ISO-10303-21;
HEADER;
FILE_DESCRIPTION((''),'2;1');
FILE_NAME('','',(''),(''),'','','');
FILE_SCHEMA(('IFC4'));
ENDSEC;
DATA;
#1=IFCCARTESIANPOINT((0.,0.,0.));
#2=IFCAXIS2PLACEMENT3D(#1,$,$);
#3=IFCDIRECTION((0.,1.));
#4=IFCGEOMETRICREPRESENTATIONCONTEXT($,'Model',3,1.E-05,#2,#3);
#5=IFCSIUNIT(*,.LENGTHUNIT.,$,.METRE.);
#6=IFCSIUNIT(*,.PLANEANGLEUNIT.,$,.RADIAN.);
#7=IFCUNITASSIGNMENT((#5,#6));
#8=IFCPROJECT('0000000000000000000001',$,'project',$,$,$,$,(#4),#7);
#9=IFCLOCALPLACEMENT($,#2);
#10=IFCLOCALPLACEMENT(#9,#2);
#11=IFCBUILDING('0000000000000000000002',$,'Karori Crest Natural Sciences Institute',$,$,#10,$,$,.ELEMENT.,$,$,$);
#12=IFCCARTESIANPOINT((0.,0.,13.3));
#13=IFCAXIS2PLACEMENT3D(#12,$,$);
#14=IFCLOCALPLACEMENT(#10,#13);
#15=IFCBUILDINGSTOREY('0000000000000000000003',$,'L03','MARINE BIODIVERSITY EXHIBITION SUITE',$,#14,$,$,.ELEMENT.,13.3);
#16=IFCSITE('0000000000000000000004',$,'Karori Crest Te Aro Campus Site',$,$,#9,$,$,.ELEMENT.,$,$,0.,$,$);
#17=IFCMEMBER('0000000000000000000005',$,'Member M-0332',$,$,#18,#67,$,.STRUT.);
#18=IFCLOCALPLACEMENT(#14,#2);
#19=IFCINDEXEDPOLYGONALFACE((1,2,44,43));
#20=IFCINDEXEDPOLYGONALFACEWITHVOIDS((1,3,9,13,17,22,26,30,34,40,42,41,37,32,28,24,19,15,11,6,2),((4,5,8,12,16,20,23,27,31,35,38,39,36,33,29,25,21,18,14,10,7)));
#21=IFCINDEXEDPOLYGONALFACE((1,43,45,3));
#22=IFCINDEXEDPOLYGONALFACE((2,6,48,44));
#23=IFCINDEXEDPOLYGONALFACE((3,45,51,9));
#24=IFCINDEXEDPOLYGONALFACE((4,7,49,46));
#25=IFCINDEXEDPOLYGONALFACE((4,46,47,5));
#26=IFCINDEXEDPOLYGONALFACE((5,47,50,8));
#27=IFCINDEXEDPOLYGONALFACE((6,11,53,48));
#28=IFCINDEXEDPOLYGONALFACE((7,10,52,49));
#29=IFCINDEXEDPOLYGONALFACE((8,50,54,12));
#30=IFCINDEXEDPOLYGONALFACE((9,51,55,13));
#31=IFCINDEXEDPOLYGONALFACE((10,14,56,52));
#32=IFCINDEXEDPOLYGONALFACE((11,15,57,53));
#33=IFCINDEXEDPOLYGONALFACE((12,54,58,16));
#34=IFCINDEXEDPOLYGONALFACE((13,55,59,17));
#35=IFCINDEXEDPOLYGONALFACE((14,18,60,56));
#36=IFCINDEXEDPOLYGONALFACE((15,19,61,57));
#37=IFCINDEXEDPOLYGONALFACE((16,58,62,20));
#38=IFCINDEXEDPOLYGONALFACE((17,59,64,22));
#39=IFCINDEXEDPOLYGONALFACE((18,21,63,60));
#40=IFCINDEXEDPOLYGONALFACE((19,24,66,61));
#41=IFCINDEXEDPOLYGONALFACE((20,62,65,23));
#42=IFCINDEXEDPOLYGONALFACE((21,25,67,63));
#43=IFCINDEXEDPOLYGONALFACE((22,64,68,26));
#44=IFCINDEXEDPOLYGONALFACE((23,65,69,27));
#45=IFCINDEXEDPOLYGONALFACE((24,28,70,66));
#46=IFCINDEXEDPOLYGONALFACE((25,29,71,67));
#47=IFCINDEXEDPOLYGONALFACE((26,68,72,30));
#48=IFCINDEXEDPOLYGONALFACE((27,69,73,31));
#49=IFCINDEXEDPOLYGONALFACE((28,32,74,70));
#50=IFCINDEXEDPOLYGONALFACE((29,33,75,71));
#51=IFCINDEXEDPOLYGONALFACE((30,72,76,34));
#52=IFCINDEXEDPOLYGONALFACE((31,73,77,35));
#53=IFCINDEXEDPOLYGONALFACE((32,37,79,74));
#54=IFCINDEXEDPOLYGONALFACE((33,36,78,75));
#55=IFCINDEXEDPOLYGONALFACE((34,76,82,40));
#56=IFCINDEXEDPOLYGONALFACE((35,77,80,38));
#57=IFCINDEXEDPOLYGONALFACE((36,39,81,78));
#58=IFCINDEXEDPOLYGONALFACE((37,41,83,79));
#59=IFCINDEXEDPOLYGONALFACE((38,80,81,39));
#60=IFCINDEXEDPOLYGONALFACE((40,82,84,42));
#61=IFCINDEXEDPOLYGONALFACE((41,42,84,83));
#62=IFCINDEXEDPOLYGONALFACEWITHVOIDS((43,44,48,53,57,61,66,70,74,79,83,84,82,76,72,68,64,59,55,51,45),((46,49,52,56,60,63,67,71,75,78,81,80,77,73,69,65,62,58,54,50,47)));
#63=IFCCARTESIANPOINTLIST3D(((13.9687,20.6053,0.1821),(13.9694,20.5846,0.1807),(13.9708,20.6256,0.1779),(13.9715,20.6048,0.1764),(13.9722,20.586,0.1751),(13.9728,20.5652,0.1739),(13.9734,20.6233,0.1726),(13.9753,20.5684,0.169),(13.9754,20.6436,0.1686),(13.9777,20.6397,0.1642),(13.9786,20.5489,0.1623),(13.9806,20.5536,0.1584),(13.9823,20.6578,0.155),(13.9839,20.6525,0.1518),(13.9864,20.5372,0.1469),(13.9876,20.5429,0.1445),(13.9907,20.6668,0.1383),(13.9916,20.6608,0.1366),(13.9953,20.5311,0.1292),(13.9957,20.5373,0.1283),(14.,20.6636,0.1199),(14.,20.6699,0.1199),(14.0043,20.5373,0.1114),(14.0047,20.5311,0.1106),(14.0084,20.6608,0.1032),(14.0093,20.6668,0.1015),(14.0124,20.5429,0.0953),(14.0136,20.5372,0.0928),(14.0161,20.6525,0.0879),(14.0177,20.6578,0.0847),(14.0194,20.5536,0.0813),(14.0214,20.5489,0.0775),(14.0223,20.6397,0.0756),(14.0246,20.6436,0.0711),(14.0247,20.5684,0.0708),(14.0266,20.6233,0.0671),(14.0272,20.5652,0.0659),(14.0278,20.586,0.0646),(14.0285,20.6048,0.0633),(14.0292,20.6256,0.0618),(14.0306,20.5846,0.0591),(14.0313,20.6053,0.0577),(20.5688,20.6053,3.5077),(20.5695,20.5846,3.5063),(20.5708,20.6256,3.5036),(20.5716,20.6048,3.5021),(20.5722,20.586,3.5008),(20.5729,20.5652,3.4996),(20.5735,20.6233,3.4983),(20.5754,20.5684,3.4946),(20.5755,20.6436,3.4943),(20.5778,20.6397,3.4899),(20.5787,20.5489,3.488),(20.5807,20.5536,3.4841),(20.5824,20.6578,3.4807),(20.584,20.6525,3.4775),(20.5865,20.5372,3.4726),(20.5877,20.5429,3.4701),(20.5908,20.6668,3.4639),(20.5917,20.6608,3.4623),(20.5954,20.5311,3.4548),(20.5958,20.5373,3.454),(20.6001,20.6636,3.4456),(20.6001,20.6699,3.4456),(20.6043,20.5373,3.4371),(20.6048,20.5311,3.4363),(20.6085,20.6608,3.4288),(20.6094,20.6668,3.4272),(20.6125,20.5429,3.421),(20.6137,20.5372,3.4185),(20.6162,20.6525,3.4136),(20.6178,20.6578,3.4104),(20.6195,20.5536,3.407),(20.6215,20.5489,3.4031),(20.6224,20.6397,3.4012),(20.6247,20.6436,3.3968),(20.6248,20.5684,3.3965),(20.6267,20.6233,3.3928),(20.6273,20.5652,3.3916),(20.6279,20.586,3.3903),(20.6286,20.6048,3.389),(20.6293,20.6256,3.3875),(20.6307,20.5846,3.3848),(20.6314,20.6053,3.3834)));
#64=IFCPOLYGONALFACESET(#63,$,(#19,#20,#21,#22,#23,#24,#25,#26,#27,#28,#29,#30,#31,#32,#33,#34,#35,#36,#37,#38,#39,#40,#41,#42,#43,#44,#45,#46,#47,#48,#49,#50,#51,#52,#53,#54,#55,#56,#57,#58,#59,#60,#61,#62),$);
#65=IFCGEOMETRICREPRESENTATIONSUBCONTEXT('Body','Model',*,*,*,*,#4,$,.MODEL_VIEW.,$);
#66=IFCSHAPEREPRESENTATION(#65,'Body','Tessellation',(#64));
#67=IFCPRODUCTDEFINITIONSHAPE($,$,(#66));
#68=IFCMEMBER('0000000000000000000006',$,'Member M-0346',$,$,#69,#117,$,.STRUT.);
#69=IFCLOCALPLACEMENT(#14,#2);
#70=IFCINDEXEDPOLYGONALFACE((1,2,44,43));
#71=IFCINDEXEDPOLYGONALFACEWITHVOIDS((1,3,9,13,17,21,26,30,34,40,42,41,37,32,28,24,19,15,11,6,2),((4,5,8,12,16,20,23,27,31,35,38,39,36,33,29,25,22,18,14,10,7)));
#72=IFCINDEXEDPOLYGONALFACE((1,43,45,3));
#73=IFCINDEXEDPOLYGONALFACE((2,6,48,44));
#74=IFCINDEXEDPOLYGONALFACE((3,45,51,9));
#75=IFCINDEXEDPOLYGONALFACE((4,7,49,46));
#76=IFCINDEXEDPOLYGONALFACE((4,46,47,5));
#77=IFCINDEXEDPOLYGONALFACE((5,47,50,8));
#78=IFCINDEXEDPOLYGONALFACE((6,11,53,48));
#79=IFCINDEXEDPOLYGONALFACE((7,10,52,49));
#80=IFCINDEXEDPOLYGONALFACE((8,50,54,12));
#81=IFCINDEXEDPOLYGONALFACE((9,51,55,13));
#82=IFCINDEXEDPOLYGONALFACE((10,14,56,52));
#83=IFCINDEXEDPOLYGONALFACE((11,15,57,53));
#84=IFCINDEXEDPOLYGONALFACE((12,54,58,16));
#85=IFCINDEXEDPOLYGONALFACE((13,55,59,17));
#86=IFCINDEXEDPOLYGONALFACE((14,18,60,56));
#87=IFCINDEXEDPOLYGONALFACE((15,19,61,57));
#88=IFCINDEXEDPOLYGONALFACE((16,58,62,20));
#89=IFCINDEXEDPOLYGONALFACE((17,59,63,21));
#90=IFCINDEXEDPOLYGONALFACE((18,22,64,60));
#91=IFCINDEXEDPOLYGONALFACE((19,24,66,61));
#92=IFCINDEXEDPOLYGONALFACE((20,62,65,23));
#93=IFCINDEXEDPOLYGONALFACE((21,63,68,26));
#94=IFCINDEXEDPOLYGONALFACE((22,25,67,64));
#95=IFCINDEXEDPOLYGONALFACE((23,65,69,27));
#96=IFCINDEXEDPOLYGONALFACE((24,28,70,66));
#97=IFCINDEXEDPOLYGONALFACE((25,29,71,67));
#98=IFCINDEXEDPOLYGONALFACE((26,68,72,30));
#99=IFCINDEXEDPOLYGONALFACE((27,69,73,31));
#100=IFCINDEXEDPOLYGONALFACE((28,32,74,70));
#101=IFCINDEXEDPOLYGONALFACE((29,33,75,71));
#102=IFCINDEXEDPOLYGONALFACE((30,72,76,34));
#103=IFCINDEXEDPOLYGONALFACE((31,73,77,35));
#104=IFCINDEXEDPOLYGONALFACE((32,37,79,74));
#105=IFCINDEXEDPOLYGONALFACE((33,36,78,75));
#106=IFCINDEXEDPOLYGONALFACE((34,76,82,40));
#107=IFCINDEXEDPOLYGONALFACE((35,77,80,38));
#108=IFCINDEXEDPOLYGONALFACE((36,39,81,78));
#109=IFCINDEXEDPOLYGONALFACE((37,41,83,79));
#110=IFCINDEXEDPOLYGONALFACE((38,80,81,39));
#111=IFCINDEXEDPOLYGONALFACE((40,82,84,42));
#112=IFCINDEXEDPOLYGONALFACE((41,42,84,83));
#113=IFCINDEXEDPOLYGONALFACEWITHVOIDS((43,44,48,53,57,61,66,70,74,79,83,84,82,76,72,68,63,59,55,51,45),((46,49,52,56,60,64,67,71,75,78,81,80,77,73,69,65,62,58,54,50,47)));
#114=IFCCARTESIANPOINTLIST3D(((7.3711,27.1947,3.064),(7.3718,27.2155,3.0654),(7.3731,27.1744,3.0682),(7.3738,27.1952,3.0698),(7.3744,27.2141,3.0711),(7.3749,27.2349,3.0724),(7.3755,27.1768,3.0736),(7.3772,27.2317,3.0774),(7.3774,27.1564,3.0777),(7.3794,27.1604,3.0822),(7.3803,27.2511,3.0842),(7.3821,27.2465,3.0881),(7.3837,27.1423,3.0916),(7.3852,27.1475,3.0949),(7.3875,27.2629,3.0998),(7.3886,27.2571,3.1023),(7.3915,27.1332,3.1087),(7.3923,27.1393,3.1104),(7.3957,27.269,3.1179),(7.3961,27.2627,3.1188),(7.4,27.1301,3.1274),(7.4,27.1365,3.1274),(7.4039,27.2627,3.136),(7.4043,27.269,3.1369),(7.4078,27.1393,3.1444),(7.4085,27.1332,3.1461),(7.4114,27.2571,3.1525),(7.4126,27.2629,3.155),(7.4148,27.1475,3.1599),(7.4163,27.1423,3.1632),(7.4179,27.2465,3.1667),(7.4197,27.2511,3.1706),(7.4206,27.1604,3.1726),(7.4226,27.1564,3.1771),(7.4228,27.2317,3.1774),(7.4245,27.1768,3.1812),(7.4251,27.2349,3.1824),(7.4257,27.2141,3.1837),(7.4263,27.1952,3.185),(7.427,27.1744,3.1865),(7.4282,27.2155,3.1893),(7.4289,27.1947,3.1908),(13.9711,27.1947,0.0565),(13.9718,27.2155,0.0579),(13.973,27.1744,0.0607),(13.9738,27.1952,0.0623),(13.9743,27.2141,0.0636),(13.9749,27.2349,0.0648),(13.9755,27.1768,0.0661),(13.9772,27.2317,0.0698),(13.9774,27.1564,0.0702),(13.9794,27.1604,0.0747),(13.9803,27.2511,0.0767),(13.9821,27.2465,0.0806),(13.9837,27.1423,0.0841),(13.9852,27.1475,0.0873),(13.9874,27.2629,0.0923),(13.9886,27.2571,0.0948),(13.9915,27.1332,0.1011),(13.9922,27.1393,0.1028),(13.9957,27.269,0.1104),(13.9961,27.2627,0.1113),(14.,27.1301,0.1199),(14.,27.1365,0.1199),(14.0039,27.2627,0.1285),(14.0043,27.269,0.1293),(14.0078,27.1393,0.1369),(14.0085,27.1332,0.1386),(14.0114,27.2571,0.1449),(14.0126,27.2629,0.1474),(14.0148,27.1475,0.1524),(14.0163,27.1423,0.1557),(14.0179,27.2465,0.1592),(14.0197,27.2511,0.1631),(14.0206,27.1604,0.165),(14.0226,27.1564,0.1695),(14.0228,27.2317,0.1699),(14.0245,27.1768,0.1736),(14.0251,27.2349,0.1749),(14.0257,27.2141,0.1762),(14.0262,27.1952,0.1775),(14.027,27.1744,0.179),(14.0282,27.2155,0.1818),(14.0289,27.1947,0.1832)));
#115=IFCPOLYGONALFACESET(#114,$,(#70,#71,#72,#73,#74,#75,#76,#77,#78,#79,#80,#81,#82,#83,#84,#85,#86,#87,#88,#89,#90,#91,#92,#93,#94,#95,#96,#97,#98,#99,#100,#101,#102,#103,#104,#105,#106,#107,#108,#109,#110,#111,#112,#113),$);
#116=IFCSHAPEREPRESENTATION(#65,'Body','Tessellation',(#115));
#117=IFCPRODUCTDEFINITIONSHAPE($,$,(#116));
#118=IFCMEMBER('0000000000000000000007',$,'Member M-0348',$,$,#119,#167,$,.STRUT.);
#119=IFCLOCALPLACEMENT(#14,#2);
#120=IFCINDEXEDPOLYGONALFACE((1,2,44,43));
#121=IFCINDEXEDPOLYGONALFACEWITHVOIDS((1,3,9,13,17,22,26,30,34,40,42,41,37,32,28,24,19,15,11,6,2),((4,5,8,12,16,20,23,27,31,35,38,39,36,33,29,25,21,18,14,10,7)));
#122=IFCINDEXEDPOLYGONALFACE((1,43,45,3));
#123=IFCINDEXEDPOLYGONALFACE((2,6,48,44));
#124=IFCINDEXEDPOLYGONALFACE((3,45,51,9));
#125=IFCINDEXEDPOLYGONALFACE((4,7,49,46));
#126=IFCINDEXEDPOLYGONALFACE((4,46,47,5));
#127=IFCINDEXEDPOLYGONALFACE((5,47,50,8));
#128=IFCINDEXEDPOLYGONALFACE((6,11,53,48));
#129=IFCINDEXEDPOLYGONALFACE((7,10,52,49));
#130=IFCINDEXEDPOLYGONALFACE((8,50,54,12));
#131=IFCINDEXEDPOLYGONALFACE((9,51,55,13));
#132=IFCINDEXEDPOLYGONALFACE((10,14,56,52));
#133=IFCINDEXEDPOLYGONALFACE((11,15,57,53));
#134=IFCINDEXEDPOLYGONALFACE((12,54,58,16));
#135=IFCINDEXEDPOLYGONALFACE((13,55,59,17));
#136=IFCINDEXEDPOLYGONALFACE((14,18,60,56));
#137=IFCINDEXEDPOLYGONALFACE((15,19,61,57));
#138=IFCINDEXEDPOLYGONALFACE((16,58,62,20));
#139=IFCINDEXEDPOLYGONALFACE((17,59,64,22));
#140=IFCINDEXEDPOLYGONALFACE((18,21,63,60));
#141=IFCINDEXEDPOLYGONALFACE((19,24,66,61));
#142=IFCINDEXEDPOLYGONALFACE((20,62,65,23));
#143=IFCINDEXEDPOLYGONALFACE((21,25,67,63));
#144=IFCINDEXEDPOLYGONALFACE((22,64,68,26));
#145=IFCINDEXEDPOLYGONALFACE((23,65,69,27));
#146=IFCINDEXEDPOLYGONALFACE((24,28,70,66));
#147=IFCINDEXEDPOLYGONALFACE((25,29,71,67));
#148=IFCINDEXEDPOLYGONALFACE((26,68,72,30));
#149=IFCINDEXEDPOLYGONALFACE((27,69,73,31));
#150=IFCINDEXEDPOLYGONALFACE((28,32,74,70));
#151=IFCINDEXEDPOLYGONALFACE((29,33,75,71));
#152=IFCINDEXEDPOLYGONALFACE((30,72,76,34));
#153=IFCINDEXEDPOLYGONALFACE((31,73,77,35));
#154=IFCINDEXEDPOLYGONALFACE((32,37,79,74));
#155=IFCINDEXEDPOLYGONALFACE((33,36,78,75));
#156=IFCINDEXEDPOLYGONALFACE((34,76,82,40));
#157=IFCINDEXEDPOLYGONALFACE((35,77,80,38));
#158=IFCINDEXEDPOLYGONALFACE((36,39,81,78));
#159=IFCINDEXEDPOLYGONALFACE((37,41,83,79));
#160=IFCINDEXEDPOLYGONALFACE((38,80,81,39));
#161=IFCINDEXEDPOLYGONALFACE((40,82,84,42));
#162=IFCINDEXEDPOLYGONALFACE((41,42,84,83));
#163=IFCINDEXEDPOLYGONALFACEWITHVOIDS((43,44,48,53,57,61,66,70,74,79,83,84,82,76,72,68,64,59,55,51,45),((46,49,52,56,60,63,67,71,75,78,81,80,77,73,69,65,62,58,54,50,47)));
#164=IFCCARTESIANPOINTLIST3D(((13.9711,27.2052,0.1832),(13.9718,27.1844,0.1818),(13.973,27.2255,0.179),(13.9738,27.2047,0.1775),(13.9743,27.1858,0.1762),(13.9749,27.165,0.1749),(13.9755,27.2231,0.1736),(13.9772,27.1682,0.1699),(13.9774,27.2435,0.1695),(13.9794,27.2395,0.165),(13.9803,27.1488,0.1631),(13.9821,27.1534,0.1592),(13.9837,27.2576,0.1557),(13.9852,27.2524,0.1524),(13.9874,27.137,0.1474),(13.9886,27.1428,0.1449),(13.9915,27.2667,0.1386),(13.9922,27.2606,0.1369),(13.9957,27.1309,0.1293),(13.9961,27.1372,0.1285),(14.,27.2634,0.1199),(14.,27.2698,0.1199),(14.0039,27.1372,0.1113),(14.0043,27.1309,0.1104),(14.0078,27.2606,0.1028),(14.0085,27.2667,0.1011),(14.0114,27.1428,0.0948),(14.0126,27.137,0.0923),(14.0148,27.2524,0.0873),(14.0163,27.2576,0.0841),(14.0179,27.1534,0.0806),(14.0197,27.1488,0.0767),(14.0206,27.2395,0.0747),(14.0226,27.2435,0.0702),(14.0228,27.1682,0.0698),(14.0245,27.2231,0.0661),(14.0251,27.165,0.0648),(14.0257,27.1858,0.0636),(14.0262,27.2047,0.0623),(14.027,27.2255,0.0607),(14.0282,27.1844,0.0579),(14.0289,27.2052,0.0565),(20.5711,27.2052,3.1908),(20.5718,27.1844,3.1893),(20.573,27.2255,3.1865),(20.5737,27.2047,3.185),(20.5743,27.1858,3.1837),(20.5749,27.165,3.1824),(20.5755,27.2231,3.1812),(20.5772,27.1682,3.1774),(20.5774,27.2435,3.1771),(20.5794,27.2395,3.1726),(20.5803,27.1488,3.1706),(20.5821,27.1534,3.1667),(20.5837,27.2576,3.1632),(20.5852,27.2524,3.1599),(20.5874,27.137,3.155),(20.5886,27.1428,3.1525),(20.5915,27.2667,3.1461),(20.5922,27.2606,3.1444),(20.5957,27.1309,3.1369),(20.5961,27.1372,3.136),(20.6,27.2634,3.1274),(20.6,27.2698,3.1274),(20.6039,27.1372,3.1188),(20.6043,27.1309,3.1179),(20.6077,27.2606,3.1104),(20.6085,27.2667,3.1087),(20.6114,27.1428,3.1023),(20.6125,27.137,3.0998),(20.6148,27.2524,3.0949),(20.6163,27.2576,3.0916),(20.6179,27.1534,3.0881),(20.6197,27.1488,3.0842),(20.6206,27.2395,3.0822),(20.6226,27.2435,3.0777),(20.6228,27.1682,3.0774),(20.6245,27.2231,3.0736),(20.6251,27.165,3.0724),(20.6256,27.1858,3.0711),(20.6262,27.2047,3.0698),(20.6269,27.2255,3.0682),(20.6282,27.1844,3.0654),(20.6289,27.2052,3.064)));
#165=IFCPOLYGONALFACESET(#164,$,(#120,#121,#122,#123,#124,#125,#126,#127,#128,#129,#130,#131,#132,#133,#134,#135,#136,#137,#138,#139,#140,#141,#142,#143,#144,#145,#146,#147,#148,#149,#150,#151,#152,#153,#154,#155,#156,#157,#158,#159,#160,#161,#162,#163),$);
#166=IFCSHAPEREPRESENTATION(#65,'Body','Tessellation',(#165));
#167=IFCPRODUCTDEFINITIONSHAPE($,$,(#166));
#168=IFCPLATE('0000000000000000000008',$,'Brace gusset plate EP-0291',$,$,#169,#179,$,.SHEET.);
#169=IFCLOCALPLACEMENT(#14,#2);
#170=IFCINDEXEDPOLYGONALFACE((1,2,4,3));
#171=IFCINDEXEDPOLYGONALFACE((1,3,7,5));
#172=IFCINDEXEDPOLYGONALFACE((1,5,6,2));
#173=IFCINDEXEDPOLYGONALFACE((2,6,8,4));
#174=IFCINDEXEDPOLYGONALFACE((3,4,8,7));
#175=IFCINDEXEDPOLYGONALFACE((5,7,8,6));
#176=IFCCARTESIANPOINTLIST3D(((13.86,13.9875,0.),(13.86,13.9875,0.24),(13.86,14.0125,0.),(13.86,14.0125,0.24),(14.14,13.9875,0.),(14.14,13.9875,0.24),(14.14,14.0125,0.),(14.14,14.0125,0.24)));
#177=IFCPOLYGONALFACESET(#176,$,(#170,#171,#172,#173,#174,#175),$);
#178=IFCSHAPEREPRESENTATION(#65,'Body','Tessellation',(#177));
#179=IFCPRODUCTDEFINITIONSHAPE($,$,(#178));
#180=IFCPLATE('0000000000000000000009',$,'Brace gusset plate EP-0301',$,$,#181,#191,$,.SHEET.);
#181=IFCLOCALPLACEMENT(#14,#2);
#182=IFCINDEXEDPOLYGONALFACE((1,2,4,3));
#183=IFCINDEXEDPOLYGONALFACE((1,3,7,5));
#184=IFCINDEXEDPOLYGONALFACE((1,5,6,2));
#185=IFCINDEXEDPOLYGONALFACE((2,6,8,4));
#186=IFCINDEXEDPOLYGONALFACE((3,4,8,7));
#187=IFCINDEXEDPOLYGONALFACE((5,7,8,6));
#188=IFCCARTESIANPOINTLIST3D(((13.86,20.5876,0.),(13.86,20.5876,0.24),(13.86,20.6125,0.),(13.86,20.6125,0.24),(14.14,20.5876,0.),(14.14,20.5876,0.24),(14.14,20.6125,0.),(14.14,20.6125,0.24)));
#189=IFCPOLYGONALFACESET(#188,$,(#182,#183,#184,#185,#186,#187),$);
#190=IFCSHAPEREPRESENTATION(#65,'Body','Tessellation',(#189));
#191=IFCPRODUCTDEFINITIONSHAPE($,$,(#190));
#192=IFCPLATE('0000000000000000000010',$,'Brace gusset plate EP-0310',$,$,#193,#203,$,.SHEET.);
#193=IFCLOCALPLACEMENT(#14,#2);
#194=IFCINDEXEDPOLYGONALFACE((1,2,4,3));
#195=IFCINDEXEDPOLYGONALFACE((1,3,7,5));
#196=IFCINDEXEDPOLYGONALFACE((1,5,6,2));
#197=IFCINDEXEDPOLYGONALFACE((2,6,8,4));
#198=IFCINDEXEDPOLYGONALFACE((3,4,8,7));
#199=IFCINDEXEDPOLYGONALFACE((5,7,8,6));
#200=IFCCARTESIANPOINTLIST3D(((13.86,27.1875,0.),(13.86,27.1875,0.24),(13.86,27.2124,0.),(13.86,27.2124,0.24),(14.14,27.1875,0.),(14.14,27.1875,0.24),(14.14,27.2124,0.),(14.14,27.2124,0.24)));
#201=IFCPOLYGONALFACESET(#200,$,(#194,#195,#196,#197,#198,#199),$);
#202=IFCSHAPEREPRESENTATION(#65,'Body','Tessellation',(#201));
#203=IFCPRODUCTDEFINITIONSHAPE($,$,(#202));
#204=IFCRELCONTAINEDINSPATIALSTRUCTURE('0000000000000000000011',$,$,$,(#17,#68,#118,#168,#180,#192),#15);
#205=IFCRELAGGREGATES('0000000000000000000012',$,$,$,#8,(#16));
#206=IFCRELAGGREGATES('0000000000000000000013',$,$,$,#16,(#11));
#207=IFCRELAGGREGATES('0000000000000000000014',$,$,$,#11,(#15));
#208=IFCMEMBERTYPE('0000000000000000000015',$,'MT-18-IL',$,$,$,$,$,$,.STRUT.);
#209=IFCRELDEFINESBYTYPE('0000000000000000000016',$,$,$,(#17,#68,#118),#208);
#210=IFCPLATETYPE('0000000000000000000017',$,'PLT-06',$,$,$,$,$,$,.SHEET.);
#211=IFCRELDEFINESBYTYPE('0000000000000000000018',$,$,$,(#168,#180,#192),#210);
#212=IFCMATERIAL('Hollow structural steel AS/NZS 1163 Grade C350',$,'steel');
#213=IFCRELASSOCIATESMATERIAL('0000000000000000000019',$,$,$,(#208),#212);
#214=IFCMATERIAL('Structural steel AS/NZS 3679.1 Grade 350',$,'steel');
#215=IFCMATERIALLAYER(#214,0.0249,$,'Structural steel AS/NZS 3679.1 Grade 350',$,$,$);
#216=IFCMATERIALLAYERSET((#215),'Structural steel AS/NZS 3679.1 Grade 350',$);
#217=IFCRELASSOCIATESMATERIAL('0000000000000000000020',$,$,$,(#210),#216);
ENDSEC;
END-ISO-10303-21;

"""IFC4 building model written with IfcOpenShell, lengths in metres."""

from ifc_helpers import new_model, si_unit, direction, frame, origin, origin_2d, place, context, subcontext, project, spatial, rectangle, hollow_circle, extrude, material, layer, layer_set, material_profile, profile_set, type_object, element, save


model = new_model("IFC4")

# Units and contexts
model_context = context("Model", 3, precision=1e-05, world=origin(), true_north=direction((0.0, 1.0)))
body_context = subcontext(model_context, "Body", "Model", "MODEL_VIEW")
ifc_project = project(units=[si_unit("LENGTHUNIT", "METRE"), si_unit("PLANEANGLEUNIT", "RADIAN")], contexts=[model_context])

# Site, building, storey
site_placement = place(None, origin())
site = spatial("IfcSite", under=ifc_project, at=site_placement, Name="Karori Crest Te Aro Campus Site", CompositionType="ELEMENT", RefElevation=0.0)
building_placement = place(site_placement, origin())
building = spatial("IfcBuilding", under=site, at=building_placement, Name="Karori Crest Natural Sciences Institute", CompositionType="ELEMENT")
storey_placement = place(building_placement, frame((0.0, 0.0, 13.3)))
storey = spatial("IfcBuildingStorey", under=building, at=storey_placement, Name="L03", Description="MARINE BIODIVERSITY EXHIBITION SUITE", CompositionType="ELEMENT", Elevation=13.3)

# Shared definitions
ifc_material_1 = material(Name="Hollow structural steel AS/NZS 1163 Grade C350", Category="steel")

# Shared definitions
ifc_material_2 = material(Name="Structural steel AS/NZS 3679.1 Grade 350", Category="steel")

# Members
ifc_material_profile_1 = material_profile(ifc_material_1, hollow_circle(Radius=0.0698, WallThickness=0.0063, at=origin_2d()), Name="CHS139.7x6.4")
ifc_profile_set_1 = profile_set([ifc_material_profile_1], Name="Hollow structural steel AS/NZS 1163 Grade C350")
member_type_1 = type_object("IfcMemberType", Name="MT-18-IL", PredefinedType="STRUT", material=ifc_profile_set_1)
for number, where, z_axis, x_axis, name in (
    (1, (14.0, 20.6001, 0.1199), (0.893035, 0.0, 0.449986), (0.0, 1.0, 0.0), "Member M-0332"),
):
    element("IfcMember", number, at=place(storey_placement, frame(where, z_axis=z_axis, x_axis=x_axis)), inside=storey, type_object=member_type_1, Name=name, PredefinedType="STRUT", context=body_context, shape_type="SweptSolid", body=[
        extrude(hollow_circle(Radius=0.0698, WallThickness=0.0063, at=origin_2d()), origin(), (0.0, 0.0, 1.0), 7.3906),
    ])
for number, where, z_axis, x_axis, name in (
    (2, (14.0, 27.2, 0.1199), (-0.909975, 0.0, 0.414662), (0.0, -1.0, 0.0), "Member M-0346"),
    (3, (14.0, 27.2, 0.1199), (0.909975, 0.0, 0.414662), (0.0, 1.0, 0.0), "Member M-0348"),
):
    element("IfcMember", number, at=place(storey_placement, frame(where, z_axis=z_axis, x_axis=x_axis)), inside=storey, type_object=member_type_1, Name=name, PredefinedType="STRUT", context=body_context, shape_type="SweptSolid", body=[
        extrude(hollow_circle(Radius=0.0698, WallThickness=0.0063, at=origin_2d()), origin(), (0.0, 0.0, 1.0), 7.2529),
    ])

# Plates
ifc_layer_1 = layer(ifc_material_2, 0.0249, Name="Structural steel AS/NZS 3679.1 Grade 350")
ifc_layer_set_1 = layer_set([ifc_layer_1], Name="Structural steel AS/NZS 3679.1 Grade 350")
plate_type_1 = type_object("IfcPlateType", Name="PLT-06", PredefinedType="SHEET", material=ifc_layer_set_1)
for number, where, z_axis, x_axis, name in (
    (4, (14.0, 14.0, 0.0), (0.0, 0.0, 1.0), (1.0, 0.0, 0.0), "Brace gusset plate EP-0291"),
    (5, (14.0, 20.6001, 0.0), (0.0, 0.0, 1.0), (1.0, 0.0, 0.0), "Brace gusset plate EP-0301"),
    (6, (14.0, 27.2, 0.0), (0.0, 0.0, 1.0), (1.0, 0.0, 0.0), "Brace gusset plate EP-0310"),
):
    element("IfcPlate", number, at=place(storey_placement, frame(where, z_axis=z_axis, x_axis=x_axis)), inside=storey, type_object=plate_type_1, Name=name, PredefinedType="SHEET", context=body_context, shape_type="SweptSolid", body=[
        extrude(rectangle(XDim=0.28, YDim=0.0249, at=origin_2d()), origin(), (0.0, 0.0, 1.0), 0.24),
    ])

save(model, "model.ifc")
